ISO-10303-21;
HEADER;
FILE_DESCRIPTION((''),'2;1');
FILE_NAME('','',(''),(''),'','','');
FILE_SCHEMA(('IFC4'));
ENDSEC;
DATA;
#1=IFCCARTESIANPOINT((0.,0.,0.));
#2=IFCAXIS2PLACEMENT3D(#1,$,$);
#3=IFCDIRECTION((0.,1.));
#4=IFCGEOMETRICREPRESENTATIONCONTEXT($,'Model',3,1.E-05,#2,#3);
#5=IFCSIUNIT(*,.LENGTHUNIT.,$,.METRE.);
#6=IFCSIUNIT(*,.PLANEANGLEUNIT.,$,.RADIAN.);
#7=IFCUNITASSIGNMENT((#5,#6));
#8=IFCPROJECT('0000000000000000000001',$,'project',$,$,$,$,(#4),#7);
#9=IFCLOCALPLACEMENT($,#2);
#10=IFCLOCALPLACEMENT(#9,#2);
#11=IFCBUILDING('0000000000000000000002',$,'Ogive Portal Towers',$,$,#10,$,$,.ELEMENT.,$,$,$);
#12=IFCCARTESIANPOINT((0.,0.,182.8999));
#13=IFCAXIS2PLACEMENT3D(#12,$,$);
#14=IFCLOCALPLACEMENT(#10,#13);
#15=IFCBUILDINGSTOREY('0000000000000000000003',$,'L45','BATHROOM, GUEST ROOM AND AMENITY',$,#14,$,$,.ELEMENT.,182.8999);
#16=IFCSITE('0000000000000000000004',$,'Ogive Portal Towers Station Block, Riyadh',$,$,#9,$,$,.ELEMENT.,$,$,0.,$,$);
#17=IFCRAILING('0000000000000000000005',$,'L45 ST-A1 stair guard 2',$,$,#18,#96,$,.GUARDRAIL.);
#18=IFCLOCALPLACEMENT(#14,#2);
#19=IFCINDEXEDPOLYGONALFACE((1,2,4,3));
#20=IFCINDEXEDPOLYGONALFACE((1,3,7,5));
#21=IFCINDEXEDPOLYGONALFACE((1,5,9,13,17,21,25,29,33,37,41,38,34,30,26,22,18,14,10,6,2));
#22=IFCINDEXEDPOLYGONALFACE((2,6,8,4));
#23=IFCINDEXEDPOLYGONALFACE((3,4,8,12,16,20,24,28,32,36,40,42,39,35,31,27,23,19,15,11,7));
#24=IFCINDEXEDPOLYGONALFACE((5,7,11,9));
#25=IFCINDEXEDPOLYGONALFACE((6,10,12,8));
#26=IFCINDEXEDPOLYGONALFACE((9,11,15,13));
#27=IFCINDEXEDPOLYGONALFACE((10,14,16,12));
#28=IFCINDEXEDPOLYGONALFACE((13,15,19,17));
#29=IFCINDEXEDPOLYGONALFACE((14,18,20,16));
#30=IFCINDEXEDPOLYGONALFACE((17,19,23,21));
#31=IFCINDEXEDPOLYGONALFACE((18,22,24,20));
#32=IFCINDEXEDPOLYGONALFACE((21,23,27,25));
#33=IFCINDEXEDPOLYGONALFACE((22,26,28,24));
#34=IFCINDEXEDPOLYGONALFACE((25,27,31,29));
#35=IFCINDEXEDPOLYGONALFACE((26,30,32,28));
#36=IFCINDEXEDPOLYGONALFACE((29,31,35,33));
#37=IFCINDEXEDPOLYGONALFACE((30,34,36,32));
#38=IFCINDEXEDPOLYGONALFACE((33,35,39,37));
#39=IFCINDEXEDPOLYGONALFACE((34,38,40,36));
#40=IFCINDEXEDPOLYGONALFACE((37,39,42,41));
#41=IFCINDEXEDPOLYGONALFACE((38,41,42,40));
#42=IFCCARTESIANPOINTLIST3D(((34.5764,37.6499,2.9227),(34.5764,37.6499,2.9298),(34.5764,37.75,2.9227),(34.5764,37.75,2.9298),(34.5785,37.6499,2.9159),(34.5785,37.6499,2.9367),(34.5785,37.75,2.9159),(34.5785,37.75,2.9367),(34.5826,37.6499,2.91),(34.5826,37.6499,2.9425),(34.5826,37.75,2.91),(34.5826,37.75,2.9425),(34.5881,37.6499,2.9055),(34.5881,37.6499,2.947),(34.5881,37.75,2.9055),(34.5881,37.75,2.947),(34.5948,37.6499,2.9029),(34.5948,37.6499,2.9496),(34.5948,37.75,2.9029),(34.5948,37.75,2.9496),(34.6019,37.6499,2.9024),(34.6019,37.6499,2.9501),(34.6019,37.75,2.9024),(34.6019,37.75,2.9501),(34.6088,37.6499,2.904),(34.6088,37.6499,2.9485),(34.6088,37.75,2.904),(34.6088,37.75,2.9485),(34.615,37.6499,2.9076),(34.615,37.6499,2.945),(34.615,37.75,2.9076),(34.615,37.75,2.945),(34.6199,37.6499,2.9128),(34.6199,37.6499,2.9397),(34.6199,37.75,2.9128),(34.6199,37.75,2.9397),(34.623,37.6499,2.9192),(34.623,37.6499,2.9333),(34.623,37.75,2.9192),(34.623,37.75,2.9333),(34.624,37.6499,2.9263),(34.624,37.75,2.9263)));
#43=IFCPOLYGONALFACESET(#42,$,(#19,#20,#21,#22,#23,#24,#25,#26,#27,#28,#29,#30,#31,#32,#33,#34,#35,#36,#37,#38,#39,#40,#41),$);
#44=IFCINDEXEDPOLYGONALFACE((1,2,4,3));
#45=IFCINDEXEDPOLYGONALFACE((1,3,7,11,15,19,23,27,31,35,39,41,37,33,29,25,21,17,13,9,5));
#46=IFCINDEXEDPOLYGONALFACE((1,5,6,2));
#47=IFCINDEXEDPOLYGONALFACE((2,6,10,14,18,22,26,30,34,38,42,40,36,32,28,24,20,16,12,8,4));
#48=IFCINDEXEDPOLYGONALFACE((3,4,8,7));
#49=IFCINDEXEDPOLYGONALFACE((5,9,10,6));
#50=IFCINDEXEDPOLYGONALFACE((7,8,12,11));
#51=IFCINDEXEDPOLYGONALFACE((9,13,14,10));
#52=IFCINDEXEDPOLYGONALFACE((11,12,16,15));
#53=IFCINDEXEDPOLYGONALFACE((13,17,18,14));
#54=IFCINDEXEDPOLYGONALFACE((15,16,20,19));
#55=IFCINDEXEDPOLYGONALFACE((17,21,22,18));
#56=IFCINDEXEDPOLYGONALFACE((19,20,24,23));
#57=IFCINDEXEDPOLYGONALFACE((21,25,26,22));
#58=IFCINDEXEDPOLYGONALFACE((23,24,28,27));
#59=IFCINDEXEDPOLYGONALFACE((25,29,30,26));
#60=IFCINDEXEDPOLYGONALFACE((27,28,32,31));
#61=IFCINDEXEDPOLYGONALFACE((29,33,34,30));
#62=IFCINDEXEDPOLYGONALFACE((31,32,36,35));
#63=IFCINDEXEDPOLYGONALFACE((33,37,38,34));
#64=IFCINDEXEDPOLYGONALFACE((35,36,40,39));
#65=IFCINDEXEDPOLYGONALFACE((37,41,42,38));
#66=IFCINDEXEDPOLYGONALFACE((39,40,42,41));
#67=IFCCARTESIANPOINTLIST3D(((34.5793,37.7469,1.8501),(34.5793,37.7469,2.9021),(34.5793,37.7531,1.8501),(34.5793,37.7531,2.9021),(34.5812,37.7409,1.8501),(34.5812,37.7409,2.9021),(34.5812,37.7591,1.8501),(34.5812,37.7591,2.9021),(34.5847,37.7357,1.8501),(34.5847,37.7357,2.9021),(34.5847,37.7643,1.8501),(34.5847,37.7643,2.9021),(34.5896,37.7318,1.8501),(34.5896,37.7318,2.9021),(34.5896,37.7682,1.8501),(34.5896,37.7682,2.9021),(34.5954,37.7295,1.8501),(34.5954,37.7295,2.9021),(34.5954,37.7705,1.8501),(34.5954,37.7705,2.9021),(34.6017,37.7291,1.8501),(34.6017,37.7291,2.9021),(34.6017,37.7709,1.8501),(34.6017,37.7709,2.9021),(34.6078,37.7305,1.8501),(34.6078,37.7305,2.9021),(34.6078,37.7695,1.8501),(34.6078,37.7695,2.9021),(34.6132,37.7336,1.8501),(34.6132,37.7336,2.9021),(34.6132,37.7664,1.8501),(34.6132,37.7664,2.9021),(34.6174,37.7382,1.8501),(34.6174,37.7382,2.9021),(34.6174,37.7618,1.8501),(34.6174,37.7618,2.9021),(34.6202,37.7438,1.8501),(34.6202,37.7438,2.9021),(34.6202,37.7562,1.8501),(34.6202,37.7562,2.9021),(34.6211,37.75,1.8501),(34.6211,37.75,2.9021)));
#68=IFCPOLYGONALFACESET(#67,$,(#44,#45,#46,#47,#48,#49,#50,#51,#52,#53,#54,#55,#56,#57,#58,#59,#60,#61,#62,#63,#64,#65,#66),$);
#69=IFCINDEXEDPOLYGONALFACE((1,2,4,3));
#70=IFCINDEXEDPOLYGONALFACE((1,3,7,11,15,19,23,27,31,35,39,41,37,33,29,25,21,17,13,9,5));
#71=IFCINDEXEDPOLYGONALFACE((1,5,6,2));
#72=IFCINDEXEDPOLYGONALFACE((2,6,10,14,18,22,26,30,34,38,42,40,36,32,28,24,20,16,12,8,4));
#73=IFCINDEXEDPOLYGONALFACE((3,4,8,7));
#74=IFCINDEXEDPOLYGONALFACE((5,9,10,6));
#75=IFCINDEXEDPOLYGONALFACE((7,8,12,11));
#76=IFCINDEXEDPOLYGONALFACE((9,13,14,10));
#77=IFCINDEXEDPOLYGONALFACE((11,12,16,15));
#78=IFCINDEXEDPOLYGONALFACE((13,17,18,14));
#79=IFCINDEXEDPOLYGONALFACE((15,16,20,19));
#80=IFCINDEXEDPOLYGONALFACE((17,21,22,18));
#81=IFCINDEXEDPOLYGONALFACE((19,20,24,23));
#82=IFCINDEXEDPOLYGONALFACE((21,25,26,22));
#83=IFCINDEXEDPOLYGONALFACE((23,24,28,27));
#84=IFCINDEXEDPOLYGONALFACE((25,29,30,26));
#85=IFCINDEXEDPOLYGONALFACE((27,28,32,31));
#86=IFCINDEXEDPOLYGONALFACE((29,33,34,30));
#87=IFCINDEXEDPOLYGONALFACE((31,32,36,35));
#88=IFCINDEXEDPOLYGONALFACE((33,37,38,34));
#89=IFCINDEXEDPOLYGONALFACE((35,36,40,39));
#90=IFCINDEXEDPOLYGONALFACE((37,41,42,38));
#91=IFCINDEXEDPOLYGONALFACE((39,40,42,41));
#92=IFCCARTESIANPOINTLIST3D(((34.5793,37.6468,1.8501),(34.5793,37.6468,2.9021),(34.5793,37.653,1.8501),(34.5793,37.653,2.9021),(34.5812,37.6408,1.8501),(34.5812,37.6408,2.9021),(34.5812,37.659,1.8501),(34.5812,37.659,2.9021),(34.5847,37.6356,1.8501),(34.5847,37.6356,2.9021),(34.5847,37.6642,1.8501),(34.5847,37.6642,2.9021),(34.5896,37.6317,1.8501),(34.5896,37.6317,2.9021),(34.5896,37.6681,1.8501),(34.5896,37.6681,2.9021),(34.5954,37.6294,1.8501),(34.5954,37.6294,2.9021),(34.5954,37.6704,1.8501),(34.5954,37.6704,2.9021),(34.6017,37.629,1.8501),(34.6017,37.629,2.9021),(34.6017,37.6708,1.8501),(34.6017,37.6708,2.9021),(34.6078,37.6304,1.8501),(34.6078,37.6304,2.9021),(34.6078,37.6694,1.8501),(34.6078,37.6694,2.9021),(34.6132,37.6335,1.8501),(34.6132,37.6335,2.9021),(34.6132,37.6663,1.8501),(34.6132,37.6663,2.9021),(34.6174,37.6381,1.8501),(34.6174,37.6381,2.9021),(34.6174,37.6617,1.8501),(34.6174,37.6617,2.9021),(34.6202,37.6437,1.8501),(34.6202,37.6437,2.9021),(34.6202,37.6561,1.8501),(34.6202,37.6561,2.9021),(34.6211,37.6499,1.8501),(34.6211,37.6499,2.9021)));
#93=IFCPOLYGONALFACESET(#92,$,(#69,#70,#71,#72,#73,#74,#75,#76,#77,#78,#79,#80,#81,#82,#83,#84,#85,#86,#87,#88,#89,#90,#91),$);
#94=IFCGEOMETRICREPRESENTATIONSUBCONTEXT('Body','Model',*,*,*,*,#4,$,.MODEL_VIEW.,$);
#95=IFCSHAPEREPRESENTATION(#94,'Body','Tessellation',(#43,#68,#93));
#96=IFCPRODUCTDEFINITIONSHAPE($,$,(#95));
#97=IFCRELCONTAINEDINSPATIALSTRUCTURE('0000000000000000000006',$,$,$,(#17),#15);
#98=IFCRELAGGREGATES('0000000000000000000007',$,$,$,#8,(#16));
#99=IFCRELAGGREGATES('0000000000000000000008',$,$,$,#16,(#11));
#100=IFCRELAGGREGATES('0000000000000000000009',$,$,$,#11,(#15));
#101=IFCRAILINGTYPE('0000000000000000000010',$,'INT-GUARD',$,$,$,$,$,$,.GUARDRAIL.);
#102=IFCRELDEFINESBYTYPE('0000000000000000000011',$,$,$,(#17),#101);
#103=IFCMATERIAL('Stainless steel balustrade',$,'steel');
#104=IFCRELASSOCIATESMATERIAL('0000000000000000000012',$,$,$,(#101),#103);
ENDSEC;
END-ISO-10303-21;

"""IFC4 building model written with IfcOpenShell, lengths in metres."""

from ifc_helpers import new_model, si_unit, direction, frame, origin, origin_2d, place, context, subcontext, project, spatial, circle, extrude, material, type_object, element, save


model = new_model("IFC4")

# Units and contexts
model_context = context("Model", 3, precision=1e-05, world=origin(), true_north=direction((0.0, 1.0)))
body_context = subcontext(model_context, "Body", "Model", "MODEL_VIEW")
ifc_project = project(units=[si_unit("LENGTHUNIT", "METRE"), si_unit("PLANEANGLEUNIT", "RADIAN")], contexts=[model_context])

# Site, building, storey
site_placement = place(None, origin())
site = spatial("IfcSite", under=ifc_project, at=site_placement, Name="Ogive Portal Towers Station Block, Riyadh", CompositionType="ELEMENT", RefElevation=0.0)
building_placement = place(site_placement, origin())
building = spatial("IfcBuilding", under=site, at=building_placement, Name="Ogive Portal Towers", CompositionType="ELEMENT")
storey_placement = place(building_placement, frame((0.0, 0.0, 182.8999)))
storey = spatial("IfcBuildingStorey", under=building, at=storey_placement, Name="L45", Description="BATHROOM, GUEST ROOM AND AMENITY", CompositionType="ELEMENT", Elevation=182.8999)

# Railing
ifc_material_1 = material(Name="Stainless steel balustrade", Category="steel")
railing_type_1 = type_object("IfcRailingType", Name="INT-GUARD", PredefinedType="GUARDRAIL", material=ifc_material_1)
railing_1_placement = place(storey_placement, frame((34.6001, 37.75, 1.8501)))
element("IfcRailing", 1, at=railing_1_placement, inside=storey, type_object=railing_type_1, Name="L45 ST-A1 stair guard 2", PredefinedType="GUARDRAIL", context=body_context, shape_type="SweptSolid", body=[
    extrude(circle(Radius=0.0239, at=origin_2d()), frame((0.0, 0.0, 1.0762), z_axis=(0.0, -1.0, 0.0), x_axis=(1.0, 0.0, 0.0)), (0.0, 0.0, 1.0), 0.1001),
    extrude(circle(Radius=0.021, at=origin_2d()), origin(), (0.0, 0.0, 1.0), 1.052),
    extrude(circle(Radius=0.021, at=origin_2d()), frame((0.0, -0.1001, 0.0)), (0.0, 0.0, 1.0), 1.052),
])

save(model, "model.ifc")
